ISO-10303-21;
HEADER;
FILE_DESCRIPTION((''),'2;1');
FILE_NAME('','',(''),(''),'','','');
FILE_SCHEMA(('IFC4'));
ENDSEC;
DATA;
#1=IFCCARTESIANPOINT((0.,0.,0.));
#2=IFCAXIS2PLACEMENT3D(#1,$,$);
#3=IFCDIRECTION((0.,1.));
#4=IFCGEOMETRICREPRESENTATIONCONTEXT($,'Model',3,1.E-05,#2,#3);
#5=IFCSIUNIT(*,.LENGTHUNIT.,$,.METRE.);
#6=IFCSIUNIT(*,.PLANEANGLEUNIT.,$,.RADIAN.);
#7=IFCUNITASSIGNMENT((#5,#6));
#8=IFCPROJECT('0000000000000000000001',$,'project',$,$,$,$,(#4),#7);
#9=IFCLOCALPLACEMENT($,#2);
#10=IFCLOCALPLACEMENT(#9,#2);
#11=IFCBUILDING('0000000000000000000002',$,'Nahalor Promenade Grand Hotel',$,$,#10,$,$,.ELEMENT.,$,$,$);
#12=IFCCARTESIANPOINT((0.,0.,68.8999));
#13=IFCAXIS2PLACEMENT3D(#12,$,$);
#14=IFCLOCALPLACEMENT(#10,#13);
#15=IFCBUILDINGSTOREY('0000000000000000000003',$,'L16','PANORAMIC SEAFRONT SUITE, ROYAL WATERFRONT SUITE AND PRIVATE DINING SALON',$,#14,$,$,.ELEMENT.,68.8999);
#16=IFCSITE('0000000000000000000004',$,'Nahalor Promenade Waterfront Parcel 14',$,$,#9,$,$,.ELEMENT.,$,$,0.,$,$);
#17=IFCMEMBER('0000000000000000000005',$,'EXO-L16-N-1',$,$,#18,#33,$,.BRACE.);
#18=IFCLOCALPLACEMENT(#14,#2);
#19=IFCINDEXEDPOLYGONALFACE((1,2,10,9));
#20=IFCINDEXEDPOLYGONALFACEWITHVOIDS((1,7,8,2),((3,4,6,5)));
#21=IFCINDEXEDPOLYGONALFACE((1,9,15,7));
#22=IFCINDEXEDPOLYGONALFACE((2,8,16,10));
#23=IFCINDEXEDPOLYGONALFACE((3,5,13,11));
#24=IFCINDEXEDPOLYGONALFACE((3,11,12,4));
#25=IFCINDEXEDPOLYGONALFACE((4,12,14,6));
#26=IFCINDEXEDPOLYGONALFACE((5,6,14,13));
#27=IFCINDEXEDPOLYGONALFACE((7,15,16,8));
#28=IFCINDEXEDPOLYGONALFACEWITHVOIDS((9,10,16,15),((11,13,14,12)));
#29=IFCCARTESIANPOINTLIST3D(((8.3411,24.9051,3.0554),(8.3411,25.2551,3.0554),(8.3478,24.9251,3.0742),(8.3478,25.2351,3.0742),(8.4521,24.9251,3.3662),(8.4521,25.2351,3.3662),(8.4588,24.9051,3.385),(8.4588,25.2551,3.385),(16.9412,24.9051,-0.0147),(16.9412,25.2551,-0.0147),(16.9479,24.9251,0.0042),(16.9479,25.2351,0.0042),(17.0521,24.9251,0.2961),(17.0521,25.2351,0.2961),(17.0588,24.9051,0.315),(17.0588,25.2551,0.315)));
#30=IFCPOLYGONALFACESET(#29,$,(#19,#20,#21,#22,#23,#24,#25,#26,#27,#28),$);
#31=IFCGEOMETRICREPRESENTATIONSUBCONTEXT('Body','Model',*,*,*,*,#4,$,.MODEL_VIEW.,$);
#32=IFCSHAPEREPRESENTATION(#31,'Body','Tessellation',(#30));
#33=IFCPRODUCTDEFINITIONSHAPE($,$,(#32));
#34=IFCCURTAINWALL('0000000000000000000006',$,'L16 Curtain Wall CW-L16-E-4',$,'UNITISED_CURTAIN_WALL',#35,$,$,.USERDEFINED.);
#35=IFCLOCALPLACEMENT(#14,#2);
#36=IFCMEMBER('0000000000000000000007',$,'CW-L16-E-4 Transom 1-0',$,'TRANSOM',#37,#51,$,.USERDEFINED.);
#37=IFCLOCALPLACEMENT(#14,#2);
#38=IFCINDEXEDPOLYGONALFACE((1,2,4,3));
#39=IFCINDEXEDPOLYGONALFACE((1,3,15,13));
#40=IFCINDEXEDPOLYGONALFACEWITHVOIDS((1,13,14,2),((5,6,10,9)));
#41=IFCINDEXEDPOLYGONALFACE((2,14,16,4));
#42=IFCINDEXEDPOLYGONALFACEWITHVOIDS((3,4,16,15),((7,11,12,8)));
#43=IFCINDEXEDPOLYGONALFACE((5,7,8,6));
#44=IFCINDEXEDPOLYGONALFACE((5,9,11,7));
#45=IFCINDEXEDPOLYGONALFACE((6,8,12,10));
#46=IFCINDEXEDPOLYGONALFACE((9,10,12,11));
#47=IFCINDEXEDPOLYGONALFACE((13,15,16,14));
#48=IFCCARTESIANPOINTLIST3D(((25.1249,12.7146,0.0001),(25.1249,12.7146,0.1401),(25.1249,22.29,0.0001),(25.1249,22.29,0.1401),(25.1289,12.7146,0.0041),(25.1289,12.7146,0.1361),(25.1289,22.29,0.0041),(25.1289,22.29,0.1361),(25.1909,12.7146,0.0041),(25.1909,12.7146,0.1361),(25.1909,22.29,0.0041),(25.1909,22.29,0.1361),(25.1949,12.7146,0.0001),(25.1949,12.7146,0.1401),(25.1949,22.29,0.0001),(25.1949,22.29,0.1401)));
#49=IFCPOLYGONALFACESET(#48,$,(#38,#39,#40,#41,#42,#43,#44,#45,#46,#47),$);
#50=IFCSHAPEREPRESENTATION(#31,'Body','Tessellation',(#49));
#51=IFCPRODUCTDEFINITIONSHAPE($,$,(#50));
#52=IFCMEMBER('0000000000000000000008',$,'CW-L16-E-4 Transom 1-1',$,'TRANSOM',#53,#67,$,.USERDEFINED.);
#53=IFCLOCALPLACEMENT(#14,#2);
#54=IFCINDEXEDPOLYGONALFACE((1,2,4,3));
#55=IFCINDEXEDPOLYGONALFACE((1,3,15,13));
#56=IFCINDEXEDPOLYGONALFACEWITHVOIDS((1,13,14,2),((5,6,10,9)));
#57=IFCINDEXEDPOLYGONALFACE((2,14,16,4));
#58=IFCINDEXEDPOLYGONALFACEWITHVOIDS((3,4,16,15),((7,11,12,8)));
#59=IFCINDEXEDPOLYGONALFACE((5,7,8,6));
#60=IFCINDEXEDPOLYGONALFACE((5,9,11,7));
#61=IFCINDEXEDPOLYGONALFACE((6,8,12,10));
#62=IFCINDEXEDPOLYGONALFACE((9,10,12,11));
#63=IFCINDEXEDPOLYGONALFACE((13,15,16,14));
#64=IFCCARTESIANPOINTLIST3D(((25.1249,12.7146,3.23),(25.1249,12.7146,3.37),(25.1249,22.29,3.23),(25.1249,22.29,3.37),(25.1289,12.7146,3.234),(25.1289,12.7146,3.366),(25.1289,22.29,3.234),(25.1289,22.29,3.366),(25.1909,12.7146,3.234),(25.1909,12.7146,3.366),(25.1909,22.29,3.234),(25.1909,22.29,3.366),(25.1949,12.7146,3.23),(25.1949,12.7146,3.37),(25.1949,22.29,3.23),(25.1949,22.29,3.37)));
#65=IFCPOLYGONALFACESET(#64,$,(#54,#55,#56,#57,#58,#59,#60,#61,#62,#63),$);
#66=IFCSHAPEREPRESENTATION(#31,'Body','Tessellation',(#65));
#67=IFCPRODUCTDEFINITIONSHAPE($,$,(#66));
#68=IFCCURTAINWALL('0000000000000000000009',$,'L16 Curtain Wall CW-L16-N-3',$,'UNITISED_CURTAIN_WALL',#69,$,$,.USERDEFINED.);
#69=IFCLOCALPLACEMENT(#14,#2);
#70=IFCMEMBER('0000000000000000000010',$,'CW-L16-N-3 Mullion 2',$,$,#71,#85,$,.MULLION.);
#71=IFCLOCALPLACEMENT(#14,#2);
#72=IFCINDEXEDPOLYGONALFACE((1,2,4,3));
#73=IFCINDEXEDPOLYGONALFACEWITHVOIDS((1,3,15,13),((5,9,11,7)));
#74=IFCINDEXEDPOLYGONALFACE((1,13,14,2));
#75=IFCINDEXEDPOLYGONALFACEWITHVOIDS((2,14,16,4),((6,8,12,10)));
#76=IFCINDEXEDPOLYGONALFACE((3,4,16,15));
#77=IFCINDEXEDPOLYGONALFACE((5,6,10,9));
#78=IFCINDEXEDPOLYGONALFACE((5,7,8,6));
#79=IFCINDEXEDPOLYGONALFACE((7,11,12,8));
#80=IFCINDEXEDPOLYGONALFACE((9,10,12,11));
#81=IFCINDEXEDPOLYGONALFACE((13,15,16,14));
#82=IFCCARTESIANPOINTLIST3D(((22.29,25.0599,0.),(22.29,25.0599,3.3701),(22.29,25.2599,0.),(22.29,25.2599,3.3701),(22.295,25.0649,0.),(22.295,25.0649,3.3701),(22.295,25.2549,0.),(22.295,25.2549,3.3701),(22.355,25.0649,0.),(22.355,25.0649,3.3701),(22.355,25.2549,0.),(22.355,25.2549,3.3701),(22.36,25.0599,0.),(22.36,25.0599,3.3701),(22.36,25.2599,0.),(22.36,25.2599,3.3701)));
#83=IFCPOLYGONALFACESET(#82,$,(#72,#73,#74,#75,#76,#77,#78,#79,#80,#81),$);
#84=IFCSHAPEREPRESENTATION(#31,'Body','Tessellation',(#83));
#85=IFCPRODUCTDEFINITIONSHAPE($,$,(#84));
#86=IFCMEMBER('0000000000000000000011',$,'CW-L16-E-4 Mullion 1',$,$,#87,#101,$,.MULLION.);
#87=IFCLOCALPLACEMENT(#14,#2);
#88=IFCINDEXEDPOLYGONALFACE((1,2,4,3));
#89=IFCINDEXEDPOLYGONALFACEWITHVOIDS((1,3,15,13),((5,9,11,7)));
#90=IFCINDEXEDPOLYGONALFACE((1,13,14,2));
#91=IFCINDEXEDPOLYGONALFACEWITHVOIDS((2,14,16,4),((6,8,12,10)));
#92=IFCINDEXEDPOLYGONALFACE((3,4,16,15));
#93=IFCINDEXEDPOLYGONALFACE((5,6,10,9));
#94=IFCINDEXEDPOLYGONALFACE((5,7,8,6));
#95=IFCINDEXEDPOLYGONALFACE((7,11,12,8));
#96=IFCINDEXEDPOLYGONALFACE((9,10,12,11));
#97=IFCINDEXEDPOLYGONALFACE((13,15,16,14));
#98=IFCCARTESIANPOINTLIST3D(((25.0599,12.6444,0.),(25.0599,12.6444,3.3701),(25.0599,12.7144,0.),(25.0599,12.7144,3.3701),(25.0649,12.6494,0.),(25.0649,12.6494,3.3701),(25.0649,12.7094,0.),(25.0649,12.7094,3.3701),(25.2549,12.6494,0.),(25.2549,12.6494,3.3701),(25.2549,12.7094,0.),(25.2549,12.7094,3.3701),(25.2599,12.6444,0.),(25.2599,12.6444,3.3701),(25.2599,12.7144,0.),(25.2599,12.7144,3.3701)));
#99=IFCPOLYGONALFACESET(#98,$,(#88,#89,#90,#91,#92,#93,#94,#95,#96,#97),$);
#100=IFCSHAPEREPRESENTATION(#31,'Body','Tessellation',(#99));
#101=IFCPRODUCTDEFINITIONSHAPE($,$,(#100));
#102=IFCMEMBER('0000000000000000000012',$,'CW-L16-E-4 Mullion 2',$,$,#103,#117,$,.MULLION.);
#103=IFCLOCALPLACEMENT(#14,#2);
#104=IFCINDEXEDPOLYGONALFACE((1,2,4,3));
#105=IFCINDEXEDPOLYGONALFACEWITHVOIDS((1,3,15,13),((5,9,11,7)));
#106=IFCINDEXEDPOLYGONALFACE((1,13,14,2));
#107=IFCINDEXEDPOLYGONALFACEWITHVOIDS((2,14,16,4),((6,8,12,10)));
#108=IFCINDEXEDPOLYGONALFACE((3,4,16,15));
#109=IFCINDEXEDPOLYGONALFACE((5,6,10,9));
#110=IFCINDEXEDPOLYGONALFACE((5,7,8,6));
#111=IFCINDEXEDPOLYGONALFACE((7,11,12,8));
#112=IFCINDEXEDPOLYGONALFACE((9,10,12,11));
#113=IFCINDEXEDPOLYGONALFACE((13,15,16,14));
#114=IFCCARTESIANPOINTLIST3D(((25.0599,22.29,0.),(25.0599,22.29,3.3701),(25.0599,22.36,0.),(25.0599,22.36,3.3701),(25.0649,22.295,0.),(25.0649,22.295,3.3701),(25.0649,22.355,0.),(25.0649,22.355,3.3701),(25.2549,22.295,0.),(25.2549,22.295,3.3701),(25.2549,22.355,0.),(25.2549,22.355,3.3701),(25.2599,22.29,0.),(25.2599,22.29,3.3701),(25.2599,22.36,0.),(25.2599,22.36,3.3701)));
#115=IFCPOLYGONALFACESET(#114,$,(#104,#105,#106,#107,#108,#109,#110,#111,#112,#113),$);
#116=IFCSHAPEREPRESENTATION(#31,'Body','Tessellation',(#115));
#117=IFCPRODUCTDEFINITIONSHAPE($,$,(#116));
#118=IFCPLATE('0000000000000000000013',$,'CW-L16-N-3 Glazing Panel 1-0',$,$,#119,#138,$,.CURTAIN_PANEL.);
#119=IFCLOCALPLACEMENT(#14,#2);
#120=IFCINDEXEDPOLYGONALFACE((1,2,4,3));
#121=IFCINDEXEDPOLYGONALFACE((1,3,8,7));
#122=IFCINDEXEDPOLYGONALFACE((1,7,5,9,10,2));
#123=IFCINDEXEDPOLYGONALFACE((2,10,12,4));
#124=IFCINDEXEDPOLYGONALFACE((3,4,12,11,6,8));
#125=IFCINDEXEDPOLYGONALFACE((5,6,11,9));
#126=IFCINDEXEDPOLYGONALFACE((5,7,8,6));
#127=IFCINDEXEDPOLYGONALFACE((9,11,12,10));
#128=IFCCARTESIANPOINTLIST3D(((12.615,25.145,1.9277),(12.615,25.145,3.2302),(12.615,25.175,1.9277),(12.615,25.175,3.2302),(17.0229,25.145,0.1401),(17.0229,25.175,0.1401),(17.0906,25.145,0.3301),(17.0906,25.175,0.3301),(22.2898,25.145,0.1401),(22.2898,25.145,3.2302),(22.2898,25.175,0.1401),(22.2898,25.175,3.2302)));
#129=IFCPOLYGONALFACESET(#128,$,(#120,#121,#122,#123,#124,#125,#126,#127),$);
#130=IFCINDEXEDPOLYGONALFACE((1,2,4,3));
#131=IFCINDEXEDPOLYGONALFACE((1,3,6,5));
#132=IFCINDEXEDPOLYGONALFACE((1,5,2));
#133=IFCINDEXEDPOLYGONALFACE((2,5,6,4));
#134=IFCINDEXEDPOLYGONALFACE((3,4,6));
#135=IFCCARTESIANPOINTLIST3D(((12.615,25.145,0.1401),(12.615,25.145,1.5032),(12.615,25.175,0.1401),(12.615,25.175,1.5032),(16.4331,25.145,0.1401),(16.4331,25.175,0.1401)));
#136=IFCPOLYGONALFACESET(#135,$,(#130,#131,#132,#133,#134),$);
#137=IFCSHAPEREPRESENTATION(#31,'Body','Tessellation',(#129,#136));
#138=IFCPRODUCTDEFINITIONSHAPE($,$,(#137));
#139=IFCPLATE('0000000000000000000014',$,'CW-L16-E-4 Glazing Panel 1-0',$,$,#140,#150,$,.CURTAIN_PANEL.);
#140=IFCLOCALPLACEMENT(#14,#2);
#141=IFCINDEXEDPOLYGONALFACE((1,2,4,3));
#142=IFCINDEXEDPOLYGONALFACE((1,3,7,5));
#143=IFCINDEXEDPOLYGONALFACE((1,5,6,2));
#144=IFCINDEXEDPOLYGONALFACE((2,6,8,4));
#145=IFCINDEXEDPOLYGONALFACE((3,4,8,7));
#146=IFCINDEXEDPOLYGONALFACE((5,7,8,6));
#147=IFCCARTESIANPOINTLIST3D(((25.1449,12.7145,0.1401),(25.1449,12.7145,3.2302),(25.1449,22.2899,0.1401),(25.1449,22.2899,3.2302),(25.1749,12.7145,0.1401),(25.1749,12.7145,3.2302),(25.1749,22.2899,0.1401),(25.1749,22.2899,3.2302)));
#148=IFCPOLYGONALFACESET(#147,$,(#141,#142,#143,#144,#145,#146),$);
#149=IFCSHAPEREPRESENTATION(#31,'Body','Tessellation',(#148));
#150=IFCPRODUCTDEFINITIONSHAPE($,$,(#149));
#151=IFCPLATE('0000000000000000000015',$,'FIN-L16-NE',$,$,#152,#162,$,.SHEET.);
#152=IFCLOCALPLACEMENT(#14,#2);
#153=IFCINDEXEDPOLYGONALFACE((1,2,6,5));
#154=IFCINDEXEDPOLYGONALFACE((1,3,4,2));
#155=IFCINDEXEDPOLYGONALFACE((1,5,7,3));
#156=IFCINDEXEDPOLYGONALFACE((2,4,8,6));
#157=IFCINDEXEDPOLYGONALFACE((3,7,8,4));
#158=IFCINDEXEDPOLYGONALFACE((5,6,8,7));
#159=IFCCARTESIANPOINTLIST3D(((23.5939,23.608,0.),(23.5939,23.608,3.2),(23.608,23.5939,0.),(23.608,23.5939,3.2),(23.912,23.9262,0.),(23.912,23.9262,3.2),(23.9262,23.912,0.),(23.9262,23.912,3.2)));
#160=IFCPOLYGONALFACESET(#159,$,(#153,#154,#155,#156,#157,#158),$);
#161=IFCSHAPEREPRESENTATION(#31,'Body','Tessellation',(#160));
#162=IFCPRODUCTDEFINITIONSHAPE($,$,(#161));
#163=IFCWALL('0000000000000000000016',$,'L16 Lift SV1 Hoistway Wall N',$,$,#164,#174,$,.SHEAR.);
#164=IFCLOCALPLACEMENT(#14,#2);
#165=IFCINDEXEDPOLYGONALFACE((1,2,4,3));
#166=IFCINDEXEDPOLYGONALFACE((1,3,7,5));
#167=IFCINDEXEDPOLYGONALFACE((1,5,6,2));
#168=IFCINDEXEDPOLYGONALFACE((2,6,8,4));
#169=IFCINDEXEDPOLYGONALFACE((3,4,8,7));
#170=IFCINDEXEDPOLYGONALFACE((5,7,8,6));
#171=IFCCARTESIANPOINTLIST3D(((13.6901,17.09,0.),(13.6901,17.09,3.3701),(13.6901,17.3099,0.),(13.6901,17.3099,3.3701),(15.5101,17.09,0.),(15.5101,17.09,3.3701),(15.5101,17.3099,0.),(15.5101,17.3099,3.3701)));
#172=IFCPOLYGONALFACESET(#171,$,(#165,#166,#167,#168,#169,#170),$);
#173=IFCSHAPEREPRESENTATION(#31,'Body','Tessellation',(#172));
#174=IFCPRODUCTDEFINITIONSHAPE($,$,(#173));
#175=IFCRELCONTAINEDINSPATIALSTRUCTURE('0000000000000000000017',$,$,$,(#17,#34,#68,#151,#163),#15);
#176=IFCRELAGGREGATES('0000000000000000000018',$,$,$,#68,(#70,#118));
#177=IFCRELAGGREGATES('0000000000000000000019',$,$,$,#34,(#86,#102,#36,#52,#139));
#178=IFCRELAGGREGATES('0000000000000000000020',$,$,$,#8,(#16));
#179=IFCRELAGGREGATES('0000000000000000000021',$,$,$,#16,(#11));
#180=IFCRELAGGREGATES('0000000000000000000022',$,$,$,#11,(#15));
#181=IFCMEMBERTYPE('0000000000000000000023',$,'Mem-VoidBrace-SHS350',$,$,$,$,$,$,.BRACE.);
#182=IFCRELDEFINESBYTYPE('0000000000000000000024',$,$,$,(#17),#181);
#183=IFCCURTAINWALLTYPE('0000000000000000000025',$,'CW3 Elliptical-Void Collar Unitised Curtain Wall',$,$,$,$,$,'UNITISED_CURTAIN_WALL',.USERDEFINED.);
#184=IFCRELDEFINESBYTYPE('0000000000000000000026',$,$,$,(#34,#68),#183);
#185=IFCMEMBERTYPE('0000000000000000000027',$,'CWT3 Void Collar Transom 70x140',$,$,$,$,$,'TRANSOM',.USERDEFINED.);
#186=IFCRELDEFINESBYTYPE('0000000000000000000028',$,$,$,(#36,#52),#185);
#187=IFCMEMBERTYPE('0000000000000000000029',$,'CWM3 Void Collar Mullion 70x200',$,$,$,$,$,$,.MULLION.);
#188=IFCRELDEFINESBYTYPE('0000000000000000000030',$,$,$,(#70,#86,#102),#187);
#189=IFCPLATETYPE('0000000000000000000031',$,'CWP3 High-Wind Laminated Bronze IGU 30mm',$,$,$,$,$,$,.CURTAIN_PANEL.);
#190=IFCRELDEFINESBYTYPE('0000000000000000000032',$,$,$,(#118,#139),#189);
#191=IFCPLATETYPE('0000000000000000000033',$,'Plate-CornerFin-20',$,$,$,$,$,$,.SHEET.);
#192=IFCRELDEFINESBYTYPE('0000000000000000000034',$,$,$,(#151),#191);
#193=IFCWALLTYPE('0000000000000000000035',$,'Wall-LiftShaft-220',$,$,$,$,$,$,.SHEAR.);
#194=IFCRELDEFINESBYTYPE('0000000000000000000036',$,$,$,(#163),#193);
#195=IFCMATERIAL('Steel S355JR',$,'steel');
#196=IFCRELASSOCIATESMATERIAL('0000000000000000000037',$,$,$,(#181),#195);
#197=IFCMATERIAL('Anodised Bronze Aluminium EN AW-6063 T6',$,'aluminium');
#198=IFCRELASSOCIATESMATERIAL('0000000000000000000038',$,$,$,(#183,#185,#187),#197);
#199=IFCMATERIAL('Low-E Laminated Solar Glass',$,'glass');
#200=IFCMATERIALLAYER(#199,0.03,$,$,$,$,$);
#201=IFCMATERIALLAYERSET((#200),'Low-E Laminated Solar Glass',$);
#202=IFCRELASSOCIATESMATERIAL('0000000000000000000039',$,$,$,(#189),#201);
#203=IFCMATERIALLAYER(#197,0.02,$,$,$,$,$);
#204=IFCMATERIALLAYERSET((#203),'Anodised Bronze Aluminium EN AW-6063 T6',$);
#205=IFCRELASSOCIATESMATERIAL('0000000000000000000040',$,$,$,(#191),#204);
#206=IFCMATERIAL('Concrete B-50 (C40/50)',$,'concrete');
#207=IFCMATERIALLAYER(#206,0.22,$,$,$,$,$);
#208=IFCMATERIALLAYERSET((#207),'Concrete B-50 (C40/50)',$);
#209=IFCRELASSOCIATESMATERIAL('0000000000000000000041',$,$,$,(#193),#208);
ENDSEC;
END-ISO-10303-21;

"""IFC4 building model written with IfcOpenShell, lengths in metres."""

from ifc_helpers import new_model, si_unit, direction, frame, frame_2d, origin, origin_2d, place, context, subcontext, project, spatial, polyline, rectangle, hollow_rectangle, outline, extrude, source, transform, mapped, material, layer, layer_set, material_profile, profile_set, type_object, element, aggregate, save


model = new_model("IFC4")

# Units and contexts
model_context = context("Model", 3, precision=1e-05, world=origin(), true_north=direction((0.0, 1.0)))
body_context = subcontext(model_context, "Body", "Model", "MODEL_VIEW")
ifc_project = project(units=[si_unit("LENGTHUNIT", "METRE"), si_unit("PLANEANGLEUNIT", "RADIAN")], contexts=[model_context])

# Site, building, storey
site_placement = place(None, origin())
site = spatial("IfcSite", under=ifc_project, at=site_placement, Name="Nahalor Promenade Waterfront Parcel 14", CompositionType="ELEMENT", RefElevation=0.0)
building_placement = place(site_placement, origin())
building = spatial("IfcBuilding", under=site, at=building_placement, Name="Nahalor Promenade Grand Hotel", CompositionType="ELEMENT")
storey_placement = place(building_placement, frame((0.0, 0.0, 68.8999)))
storey = spatial("IfcBuildingStorey", under=building, at=storey_placement, Name="L16", Description="PANORAMIC SEAFRONT SUITE, ROYAL WATERFRONT SUITE AND PRIVATE DINING SALON", CompositionType="ELEMENT", Elevation=68.8999)

# Shared definitions
ifc_material_1 = material(Name="Steel S355JR", Category="steel")

# Member
ifc_material_profile_1 = material_profile(ifc_material_1, hollow_rectangle(XDim=0.35, YDim=0.35, WallThickness=0.02, at=origin_2d()), Name="SHS 350x350x20")
ifc_profile_set_1 = profile_set([ifc_material_profile_1], Name="Steel S355JR")
member_type_1 = type_object("IfcMemberType", Name="Mem-VoidBrace-SHS350", PredefinedType="BRACE", material=ifc_profile_set_1)
shared_shape_1 = source(origin(), body_context, "Body", "SweptSolid", [
    extrude(hollow_rectangle(XDim=0.35, YDim=0.35, WallThickness=0.02, at=origin_2d()), origin(), (0.0, 0.0, 1.0), 9.1316),
])
member_1_placement = place(storey_placement, frame((17.0, 25.0801, 0.1501), z_axis=(-0.94179, 0.0, 0.336201), x_axis=(0.0, -1.0, 0.0)))
element("IfcMember", 1, at=member_1_placement, inside=storey, type_object=member_type_1, Name="EXO-L16-N-1", PredefinedType="BRACE", context=body_context, shape_type="MappedRepresentation", body=[
    mapped(shared_shape_1, transform((0.0, 0.0, 0.0), scale=1.0)),
])

# Curtain wall, members
ifc_material_2 = material(Name="Anodised Bronze Aluminium EN AW-6063 T6", Category="aluminium")
curtain_wall_type = type_object("IfcCurtainWallType", Name="CW3 Elliptical-Void Collar Unitised Curtain Wall", ElementType="UNITISED_CURTAIN_WALL", PredefinedType="USERDEFINED", material=ifc_material_2)
curtain_wall_1_placement = place(storey_placement, origin())
curtain_wall_1 = element("IfcCurtainWall", 2, at=curtain_wall_1_placement, inside=storey, type_object=curtain_wall_type, Name="L16 Curtain Wall CW-L16-E-4", ObjectType="UNITISED_CURTAIN_WALL", PredefinedType="USERDEFINED")
ifc_material_profile_2 = material_profile(ifc_material_2, hollow_rectangle(XDim=0.07, YDim=0.14, WallThickness=0.004, at=origin_2d()), Name="CWT 70x140x4")
ifc_profile_set_2 = profile_set([ifc_material_profile_2], Name="Anodised Bronze Aluminium EN AW-6063 T6")
member_type_2 = type_object("IfcMemberType", Name="CWT3 Void Collar Transom 70x140", ElementType="TRANSOM", PredefinedType="USERDEFINED", material=ifc_profile_set_2)
shared_shape_2 = source(origin(), body_context, "Body", "SweptSolid", [
    extrude(hollow_rectangle(XDim=0.07, YDim=0.14, WallThickness=0.004, at=origin_2d()), origin(), (0.0, 0.0, 1.0), 9.5754),
])
member_2_placement = place(storey_placement, frame((25.1599, 12.7146, 0.0701), z_axis=(0.0, 1.0, 0.0), x_axis=(-1.0, 0.0, 0.0)))
member_2 = element("IfcMember", 3, at=member_2_placement, type_object=member_type_2, Name="CW-L16-E-4 Transom 1-0", ObjectType="TRANSOM", PredefinedType="USERDEFINED", context=body_context, shape_type="MappedRepresentation", body=[
    mapped(shared_shape_2, transform((0.0, 0.0, 0.0), scale=1.0)),
])
member_3_placement = place(storey_placement, frame((25.1599, 12.7146, 3.3), z_axis=(0.0, 1.0, 0.0), x_axis=(-1.0, 0.0, 0.0)))
member_3 = element("IfcMember", 4, at=member_3_placement, type_object=member_type_2, Name="CW-L16-E-4 Transom 1-1", ObjectType="TRANSOM", PredefinedType="USERDEFINED", context=body_context, shape_type="MappedRepresentation", body=[
    mapped(shared_shape_2, transform((0.0, 0.0, 0.0), scale=1.0)),
])

# Curtain wall, member
curtain_wall_2_placement = place(storey_placement, origin())
curtain_wall_2 = element("IfcCurtainWall", 5, at=curtain_wall_2_placement, inside=storey, type_object=curtain_wall_type, Name="L16 Curtain Wall CW-L16-N-3", ObjectType="UNITISED_CURTAIN_WALL", PredefinedType="USERDEFINED")
ifc_material_profile_3 = material_profile(ifc_material_2, hollow_rectangle(XDim=0.07, YDim=0.2, WallThickness=0.005, at=origin_2d()), Name="CWM 70x200x5")
ifc_profile_set_3 = profile_set([ifc_material_profile_3], Name="Anodised Bronze Aluminium EN AW-6063 T6")
member_type_3 = type_object("IfcMemberType", Name="CWM3 Void Collar Mullion 70x200", PredefinedType="MULLION", material=ifc_profile_set_3)
shared_shape_3 = source(origin(), body_context, "Body", "SweptSolid", [
    extrude(hollow_rectangle(XDim=0.07, YDim=0.2, WallThickness=0.005, at=origin_2d()), origin(), (0.0, 0.0, 1.0), 3.3701),
])
member_4_placement = place(storey_placement, frame((22.325, 25.1599, 0.0), z_axis=(0.0, 0.0, 1.0), x_axis=(1.0, 0.0, 0.0)))
member_4 = element("IfcMember", 6, at=member_4_placement, type_object=member_type_3, Name="CW-L16-N-3 Mullion 2", PredefinedType="MULLION", context=body_context, shape_type="MappedRepresentation", body=[
    mapped(shared_shape_3, transform((0.0, 0.0, 0.0), scale=1.0)),
])

# Members
member_5_placement = place(storey_placement, frame((25.1599, 12.6794, 0.0), z_axis=(0.0, 0.0, 1.0), x_axis=(0.0, 1.0, 0.0)))
member_5 = element("IfcMember", 7, at=member_5_placement, type_object=member_type_3, Name="CW-L16-E-4 Mullion 1", PredefinedType="MULLION", context=body_context, shape_type="MappedRepresentation", body=[
    mapped(shared_shape_3, transform((0.0, 0.0, 0.0), scale=1.0)),
])
member_6_placement = place(storey_placement, frame((25.1599, 22.325, 0.0), z_axis=(0.0, 0.0, 1.0), x_axis=(0.0, 1.0, 0.0)))
member_6 = element("IfcMember", 8, at=member_6_placement, type_object=member_type_3, Name="CW-L16-E-4 Mullion 2", PredefinedType="MULLION", context=body_context, shape_type="MappedRepresentation", body=[
    mapped(shared_shape_3, transform((0.0, 0.0, 0.0), scale=1.0)),
])

# Plates
ifc_material_3 = material(Name="Low-E Laminated Solar Glass", Category="glass")
ifc_layer_1 = layer(ifc_material_3, 0.03)
ifc_layer_set_1 = layer_set([ifc_layer_1], Name="Low-E Laminated Solar Glass")
plate_type_1 = type_object("IfcPlateType", Name="CWP3 High-Wind Laminated Bronze IGU 30mm", PredefinedType="CURTAIN_PANEL", material=ifc_layer_set_1)
plate_1_placement = place(storey_placement, frame((17.4524, 25.1599, 0.1401), z_axis=(0.0, 0.0, 1.0), x_axis=(1.0, 0.0, 0.0)))
plate_1 = element("IfcPlate", 9, at=plate_1_placement, type_object=plate_type_1, Name="CW-L16-N-3 Glazing Panel 1-0", PredefinedType="CURTAIN_PANEL", context=body_context, shape_type="SweptSolid", body=[
    extrude(outline(polyline([(4.8374, 3.0901), (-4.8374, 3.0901), (-4.8374, 1.7876), (-0.3618, 0.1899), (-0.4294, 0.0), (4.8374, 0.0), (4.8374, 3.0901)])), frame((0.0, 0.0151, 0.0), z_axis=(0.0, -1.0, 0.0), x_axis=(1.0, 0.0, 0.0)), (0.0, 0.0, 1.0), 0.03),
    extrude(outline(polyline([(-4.8374, 1.363), (-4.8374, 0.0), (-1.0193, 0.0), (-4.8374, 1.363)])), frame((0.0, 0.0151, 0.0), z_axis=(0.0, -1.0, 0.0), x_axis=(1.0, 0.0, 0.0)), (0.0, 0.0, 1.0), 0.03),
])
aggregate(curtain_wall_2, [member_4, plate_1])
shared_shape_4 = source(origin(), body_context, "Body", "SweptSolid", [
    extrude(rectangle(XDim=9.5754, YDim=0.03, at=origin_2d()), origin(), (0.0, 0.0, 1.0), 3.0901),
])
plate_2_placement = place(storey_placement, frame((25.1599, 17.5022, 0.1401), z_axis=(0.0, 0.0, 1.0), x_axis=(0.0, 1.0, 0.0)))
plate_2 = element("IfcPlate", 10, at=plate_2_placement, type_object=plate_type_1, Name="CW-L16-E-4 Glazing Panel 1-0", PredefinedType="CURTAIN_PANEL", context=body_context, shape_type="MappedRepresentation", body=[
    mapped(shared_shape_4, transform((0.0, 0.0, 0.0), scale=1.0)),
])
aggregate(curtain_wall_1, [member_5, member_6, member_2, member_3, plate_2])
ifc_layer_2 = layer(ifc_material_2, 0.02)
ifc_layer_set_2 = layer_set([ifc_layer_2], Name="Anodised Bronze Aluminium EN AW-6063 T6")
plate_type_2 = type_object("IfcPlateType", Name="Plate-CornerFin-20", PredefinedType="SHEET", material=ifc_layer_set_2)
shared_shape_5 = source(origin(), body_context, "Body", "SweptSolid", [
    extrude(rectangle(XDim=0.45, YDim=0.02, at=origin_2d()), origin(), (0.0, 0.0, 1.0), 3.2),
])
plate_3_placement = place(storey_placement, frame((23.76, 23.76, 0.0), z_axis=(0.0, 0.0, 1.0), x_axis=(0.707107, 0.707107, 0.0)))
element("IfcPlate", 11, at=plate_3_placement, inside=storey, type_object=plate_type_2, Name="FIN-L16-NE", PredefinedType="SHEET", context=body_context, shape_type="MappedRepresentation", body=[
    mapped(shared_shape_5, transform((0.0, 0.0, 0.0), scale=1.0)),
])

# Wall
ifc_material_4 = material(Name="Concrete B-50 (C40/50)", Category="concrete")
ifc_layer_3 = layer(ifc_material_4, 0.22)
ifc_layer_set_3 = layer_set([ifc_layer_3], Name="Concrete B-50 (C40/50)")
wall_type_1 = type_object("IfcWallType", Name="Wall-LiftShaft-220", PredefinedType="SHEAR", material=ifc_layer_set_3)
shared_shape_6 = source(origin(), body_context, "Body", "SweptSolid", [
    extrude(rectangle(XDim=1.8201, YDim=0.22, at=frame_2d((0.9102, 0.0))), origin(), (0.0, 0.0, 1.0), 3.3701),
])
wall_1_placement = place(storey_placement, frame((13.6899, 17.2, 0.0), z_axis=(0.0, 0.0, 1.0), x_axis=(1.0, 0.0, 0.0)))
element("IfcWall", 12, at=wall_1_placement, inside=storey, type_object=wall_type_1, Name="L16 Lift SV1 Hoistway Wall N", PredefinedType="SHEAR", context=body_context, shape_type="MappedRepresentation", body=[
    mapped(shared_shape_6, transform((0.0, 0.0, 0.0), scale=1.0)),
])

save(model, "model.ifc")
